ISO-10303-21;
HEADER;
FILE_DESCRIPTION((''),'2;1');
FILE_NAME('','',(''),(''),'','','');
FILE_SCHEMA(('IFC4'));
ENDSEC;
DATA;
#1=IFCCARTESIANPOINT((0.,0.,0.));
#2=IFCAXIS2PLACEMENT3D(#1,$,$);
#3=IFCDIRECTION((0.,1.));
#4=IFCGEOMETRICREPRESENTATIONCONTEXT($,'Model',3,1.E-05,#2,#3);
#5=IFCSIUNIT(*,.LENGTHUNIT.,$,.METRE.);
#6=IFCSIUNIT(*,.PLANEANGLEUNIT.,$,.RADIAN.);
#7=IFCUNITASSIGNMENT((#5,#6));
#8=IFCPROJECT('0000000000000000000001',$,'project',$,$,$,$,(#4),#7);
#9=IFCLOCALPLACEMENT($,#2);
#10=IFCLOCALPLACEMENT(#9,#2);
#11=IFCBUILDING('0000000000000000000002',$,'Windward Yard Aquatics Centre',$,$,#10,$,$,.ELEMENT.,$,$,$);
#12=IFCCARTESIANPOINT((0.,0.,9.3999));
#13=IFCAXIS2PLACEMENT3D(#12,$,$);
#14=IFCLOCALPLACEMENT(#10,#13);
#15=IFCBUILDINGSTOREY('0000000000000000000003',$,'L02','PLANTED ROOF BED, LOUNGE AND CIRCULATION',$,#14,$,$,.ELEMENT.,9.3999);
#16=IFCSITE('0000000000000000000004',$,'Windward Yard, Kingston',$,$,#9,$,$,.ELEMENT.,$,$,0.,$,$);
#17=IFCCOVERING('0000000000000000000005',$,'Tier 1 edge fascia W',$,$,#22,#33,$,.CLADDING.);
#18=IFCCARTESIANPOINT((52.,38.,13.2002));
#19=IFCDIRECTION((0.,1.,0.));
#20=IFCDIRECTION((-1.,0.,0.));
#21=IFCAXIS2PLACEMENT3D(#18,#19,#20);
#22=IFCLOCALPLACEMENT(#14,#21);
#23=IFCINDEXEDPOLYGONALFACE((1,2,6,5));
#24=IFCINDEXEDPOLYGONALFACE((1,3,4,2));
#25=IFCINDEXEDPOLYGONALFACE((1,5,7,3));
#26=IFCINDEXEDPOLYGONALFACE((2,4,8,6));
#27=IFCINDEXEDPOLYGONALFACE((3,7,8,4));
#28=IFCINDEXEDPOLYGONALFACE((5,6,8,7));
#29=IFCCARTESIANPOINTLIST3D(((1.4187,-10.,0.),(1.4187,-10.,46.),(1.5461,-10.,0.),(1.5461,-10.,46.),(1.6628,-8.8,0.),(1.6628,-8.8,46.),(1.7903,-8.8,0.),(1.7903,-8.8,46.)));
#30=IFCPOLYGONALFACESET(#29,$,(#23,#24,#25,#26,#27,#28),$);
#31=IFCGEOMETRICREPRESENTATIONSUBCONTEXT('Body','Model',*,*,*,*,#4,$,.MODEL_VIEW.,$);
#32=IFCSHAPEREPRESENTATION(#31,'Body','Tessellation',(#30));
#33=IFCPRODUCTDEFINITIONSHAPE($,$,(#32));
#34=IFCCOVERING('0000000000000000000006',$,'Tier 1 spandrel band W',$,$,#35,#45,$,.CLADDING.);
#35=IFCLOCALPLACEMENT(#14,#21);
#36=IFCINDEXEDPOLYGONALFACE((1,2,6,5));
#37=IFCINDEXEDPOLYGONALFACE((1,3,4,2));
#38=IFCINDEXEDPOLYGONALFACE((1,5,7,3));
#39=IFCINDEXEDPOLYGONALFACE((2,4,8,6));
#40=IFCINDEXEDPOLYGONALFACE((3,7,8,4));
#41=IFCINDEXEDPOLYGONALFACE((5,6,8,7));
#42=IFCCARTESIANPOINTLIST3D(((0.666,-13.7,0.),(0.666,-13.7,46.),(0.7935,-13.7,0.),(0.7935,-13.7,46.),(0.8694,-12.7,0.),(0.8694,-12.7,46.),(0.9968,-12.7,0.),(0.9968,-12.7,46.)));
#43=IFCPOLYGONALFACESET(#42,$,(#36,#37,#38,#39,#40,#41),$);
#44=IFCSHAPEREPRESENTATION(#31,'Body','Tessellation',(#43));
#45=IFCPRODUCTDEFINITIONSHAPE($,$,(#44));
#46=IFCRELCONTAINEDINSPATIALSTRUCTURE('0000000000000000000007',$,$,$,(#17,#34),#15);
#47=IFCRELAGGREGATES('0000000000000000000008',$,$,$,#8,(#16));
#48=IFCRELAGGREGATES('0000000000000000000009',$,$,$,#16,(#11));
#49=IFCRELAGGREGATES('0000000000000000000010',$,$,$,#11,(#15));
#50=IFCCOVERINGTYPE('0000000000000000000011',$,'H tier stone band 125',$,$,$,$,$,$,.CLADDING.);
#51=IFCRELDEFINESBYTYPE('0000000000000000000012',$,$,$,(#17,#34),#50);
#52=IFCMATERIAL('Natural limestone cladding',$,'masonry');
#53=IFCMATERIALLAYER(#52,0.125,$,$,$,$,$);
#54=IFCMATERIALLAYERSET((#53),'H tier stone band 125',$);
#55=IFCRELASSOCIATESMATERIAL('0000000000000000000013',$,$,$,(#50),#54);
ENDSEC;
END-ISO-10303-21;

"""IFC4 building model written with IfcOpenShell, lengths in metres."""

from ifc_helpers import new_model, si_unit, direction, frame, origin, place, context, subcontext, project, spatial, polyline, outline, extrude, material, layer, layer_set, type_object, element, save


model = new_model("IFC4")

# Units and contexts
model_context = context("Model", 3, precision=1e-05, world=origin(), true_north=direction((0.0, 1.0)))
body_context = subcontext(model_context, "Body", "Model", "MODEL_VIEW")
ifc_project = project(units=[si_unit("LENGTHUNIT", "METRE"), si_unit("PLANEANGLEUNIT", "RADIAN")], contexts=[model_context])

# Site, building, storey
site_placement = place(None, origin())
site = spatial("IfcSite", under=ifc_project, at=site_placement, Name="Windward Yard, Kingston", CompositionType="ELEMENT", RefElevation=0.0)
building_placement = place(site_placement, origin())
building = spatial("IfcBuilding", under=site, at=building_placement, Name="Windward Yard Aquatics Centre", CompositionType="ELEMENT")
storey_placement = place(building_placement, frame((0.0, 0.0, 9.3999)))
storey = spatial("IfcBuildingStorey", under=building, at=storey_placement, Name="L02", Description="PLANTED ROOF BED, LOUNGE AND CIRCULATION", CompositionType="ELEMENT", Elevation=9.3999)

# Coverings
ifc_material_1 = material(Name="Natural limestone cladding", Category="masonry")
ifc_layer_1 = layer(ifc_material_1, 0.125)
ifc_layer_set_1 = layer_set([ifc_layer_1], Name="H tier stone band 125")
covering_type = type_object("IfcCoveringType", Name="H tier stone band 125", PredefinedType="CLADDING", material=ifc_layer_set_1)
covering_1_placement = place(storey_placement, frame((52.0, 38.0, 13.2002), z_axis=(0.0, 1.0, 0.0), x_axis=(-1.0, 0.0, 0.0)))
element("IfcCovering", 1, at=covering_1_placement, inside=storey, type_object=covering_type, Name="Tier 1 edge fascia W", PredefinedType="CLADDING", context=body_context, shape_type="SweptSolid", body=[
    extrude(outline(polyline([(1.5461, -10.0), (1.4187, -10.0), (1.6628, -8.8), (1.7903, -8.8), (1.5461, -10.0)])), origin(), (0.0, 0.0, 1.0), 46.0),
])
covering_2_placement = place(storey_placement, frame((52.0, 38.0, 13.2002), z_axis=(0.0, 1.0, 0.0), x_axis=(-1.0, 0.0, 0.0)))
element("IfcCovering", 2, at=covering_2_placement, inside=storey, type_object=covering_type, Name="Tier 1 spandrel band W", PredefinedType="CLADDING", context=body_context, shape_type="SweptSolid", body=[
    extrude(outline(polyline([(0.7935, -13.7), (0.666, -13.7), (0.8694, -12.7), (0.9968, -12.7), (0.7935, -13.7)])), origin(), (0.0, 0.0, 1.0), 46.0),
])

save(model, "model.ifc")
